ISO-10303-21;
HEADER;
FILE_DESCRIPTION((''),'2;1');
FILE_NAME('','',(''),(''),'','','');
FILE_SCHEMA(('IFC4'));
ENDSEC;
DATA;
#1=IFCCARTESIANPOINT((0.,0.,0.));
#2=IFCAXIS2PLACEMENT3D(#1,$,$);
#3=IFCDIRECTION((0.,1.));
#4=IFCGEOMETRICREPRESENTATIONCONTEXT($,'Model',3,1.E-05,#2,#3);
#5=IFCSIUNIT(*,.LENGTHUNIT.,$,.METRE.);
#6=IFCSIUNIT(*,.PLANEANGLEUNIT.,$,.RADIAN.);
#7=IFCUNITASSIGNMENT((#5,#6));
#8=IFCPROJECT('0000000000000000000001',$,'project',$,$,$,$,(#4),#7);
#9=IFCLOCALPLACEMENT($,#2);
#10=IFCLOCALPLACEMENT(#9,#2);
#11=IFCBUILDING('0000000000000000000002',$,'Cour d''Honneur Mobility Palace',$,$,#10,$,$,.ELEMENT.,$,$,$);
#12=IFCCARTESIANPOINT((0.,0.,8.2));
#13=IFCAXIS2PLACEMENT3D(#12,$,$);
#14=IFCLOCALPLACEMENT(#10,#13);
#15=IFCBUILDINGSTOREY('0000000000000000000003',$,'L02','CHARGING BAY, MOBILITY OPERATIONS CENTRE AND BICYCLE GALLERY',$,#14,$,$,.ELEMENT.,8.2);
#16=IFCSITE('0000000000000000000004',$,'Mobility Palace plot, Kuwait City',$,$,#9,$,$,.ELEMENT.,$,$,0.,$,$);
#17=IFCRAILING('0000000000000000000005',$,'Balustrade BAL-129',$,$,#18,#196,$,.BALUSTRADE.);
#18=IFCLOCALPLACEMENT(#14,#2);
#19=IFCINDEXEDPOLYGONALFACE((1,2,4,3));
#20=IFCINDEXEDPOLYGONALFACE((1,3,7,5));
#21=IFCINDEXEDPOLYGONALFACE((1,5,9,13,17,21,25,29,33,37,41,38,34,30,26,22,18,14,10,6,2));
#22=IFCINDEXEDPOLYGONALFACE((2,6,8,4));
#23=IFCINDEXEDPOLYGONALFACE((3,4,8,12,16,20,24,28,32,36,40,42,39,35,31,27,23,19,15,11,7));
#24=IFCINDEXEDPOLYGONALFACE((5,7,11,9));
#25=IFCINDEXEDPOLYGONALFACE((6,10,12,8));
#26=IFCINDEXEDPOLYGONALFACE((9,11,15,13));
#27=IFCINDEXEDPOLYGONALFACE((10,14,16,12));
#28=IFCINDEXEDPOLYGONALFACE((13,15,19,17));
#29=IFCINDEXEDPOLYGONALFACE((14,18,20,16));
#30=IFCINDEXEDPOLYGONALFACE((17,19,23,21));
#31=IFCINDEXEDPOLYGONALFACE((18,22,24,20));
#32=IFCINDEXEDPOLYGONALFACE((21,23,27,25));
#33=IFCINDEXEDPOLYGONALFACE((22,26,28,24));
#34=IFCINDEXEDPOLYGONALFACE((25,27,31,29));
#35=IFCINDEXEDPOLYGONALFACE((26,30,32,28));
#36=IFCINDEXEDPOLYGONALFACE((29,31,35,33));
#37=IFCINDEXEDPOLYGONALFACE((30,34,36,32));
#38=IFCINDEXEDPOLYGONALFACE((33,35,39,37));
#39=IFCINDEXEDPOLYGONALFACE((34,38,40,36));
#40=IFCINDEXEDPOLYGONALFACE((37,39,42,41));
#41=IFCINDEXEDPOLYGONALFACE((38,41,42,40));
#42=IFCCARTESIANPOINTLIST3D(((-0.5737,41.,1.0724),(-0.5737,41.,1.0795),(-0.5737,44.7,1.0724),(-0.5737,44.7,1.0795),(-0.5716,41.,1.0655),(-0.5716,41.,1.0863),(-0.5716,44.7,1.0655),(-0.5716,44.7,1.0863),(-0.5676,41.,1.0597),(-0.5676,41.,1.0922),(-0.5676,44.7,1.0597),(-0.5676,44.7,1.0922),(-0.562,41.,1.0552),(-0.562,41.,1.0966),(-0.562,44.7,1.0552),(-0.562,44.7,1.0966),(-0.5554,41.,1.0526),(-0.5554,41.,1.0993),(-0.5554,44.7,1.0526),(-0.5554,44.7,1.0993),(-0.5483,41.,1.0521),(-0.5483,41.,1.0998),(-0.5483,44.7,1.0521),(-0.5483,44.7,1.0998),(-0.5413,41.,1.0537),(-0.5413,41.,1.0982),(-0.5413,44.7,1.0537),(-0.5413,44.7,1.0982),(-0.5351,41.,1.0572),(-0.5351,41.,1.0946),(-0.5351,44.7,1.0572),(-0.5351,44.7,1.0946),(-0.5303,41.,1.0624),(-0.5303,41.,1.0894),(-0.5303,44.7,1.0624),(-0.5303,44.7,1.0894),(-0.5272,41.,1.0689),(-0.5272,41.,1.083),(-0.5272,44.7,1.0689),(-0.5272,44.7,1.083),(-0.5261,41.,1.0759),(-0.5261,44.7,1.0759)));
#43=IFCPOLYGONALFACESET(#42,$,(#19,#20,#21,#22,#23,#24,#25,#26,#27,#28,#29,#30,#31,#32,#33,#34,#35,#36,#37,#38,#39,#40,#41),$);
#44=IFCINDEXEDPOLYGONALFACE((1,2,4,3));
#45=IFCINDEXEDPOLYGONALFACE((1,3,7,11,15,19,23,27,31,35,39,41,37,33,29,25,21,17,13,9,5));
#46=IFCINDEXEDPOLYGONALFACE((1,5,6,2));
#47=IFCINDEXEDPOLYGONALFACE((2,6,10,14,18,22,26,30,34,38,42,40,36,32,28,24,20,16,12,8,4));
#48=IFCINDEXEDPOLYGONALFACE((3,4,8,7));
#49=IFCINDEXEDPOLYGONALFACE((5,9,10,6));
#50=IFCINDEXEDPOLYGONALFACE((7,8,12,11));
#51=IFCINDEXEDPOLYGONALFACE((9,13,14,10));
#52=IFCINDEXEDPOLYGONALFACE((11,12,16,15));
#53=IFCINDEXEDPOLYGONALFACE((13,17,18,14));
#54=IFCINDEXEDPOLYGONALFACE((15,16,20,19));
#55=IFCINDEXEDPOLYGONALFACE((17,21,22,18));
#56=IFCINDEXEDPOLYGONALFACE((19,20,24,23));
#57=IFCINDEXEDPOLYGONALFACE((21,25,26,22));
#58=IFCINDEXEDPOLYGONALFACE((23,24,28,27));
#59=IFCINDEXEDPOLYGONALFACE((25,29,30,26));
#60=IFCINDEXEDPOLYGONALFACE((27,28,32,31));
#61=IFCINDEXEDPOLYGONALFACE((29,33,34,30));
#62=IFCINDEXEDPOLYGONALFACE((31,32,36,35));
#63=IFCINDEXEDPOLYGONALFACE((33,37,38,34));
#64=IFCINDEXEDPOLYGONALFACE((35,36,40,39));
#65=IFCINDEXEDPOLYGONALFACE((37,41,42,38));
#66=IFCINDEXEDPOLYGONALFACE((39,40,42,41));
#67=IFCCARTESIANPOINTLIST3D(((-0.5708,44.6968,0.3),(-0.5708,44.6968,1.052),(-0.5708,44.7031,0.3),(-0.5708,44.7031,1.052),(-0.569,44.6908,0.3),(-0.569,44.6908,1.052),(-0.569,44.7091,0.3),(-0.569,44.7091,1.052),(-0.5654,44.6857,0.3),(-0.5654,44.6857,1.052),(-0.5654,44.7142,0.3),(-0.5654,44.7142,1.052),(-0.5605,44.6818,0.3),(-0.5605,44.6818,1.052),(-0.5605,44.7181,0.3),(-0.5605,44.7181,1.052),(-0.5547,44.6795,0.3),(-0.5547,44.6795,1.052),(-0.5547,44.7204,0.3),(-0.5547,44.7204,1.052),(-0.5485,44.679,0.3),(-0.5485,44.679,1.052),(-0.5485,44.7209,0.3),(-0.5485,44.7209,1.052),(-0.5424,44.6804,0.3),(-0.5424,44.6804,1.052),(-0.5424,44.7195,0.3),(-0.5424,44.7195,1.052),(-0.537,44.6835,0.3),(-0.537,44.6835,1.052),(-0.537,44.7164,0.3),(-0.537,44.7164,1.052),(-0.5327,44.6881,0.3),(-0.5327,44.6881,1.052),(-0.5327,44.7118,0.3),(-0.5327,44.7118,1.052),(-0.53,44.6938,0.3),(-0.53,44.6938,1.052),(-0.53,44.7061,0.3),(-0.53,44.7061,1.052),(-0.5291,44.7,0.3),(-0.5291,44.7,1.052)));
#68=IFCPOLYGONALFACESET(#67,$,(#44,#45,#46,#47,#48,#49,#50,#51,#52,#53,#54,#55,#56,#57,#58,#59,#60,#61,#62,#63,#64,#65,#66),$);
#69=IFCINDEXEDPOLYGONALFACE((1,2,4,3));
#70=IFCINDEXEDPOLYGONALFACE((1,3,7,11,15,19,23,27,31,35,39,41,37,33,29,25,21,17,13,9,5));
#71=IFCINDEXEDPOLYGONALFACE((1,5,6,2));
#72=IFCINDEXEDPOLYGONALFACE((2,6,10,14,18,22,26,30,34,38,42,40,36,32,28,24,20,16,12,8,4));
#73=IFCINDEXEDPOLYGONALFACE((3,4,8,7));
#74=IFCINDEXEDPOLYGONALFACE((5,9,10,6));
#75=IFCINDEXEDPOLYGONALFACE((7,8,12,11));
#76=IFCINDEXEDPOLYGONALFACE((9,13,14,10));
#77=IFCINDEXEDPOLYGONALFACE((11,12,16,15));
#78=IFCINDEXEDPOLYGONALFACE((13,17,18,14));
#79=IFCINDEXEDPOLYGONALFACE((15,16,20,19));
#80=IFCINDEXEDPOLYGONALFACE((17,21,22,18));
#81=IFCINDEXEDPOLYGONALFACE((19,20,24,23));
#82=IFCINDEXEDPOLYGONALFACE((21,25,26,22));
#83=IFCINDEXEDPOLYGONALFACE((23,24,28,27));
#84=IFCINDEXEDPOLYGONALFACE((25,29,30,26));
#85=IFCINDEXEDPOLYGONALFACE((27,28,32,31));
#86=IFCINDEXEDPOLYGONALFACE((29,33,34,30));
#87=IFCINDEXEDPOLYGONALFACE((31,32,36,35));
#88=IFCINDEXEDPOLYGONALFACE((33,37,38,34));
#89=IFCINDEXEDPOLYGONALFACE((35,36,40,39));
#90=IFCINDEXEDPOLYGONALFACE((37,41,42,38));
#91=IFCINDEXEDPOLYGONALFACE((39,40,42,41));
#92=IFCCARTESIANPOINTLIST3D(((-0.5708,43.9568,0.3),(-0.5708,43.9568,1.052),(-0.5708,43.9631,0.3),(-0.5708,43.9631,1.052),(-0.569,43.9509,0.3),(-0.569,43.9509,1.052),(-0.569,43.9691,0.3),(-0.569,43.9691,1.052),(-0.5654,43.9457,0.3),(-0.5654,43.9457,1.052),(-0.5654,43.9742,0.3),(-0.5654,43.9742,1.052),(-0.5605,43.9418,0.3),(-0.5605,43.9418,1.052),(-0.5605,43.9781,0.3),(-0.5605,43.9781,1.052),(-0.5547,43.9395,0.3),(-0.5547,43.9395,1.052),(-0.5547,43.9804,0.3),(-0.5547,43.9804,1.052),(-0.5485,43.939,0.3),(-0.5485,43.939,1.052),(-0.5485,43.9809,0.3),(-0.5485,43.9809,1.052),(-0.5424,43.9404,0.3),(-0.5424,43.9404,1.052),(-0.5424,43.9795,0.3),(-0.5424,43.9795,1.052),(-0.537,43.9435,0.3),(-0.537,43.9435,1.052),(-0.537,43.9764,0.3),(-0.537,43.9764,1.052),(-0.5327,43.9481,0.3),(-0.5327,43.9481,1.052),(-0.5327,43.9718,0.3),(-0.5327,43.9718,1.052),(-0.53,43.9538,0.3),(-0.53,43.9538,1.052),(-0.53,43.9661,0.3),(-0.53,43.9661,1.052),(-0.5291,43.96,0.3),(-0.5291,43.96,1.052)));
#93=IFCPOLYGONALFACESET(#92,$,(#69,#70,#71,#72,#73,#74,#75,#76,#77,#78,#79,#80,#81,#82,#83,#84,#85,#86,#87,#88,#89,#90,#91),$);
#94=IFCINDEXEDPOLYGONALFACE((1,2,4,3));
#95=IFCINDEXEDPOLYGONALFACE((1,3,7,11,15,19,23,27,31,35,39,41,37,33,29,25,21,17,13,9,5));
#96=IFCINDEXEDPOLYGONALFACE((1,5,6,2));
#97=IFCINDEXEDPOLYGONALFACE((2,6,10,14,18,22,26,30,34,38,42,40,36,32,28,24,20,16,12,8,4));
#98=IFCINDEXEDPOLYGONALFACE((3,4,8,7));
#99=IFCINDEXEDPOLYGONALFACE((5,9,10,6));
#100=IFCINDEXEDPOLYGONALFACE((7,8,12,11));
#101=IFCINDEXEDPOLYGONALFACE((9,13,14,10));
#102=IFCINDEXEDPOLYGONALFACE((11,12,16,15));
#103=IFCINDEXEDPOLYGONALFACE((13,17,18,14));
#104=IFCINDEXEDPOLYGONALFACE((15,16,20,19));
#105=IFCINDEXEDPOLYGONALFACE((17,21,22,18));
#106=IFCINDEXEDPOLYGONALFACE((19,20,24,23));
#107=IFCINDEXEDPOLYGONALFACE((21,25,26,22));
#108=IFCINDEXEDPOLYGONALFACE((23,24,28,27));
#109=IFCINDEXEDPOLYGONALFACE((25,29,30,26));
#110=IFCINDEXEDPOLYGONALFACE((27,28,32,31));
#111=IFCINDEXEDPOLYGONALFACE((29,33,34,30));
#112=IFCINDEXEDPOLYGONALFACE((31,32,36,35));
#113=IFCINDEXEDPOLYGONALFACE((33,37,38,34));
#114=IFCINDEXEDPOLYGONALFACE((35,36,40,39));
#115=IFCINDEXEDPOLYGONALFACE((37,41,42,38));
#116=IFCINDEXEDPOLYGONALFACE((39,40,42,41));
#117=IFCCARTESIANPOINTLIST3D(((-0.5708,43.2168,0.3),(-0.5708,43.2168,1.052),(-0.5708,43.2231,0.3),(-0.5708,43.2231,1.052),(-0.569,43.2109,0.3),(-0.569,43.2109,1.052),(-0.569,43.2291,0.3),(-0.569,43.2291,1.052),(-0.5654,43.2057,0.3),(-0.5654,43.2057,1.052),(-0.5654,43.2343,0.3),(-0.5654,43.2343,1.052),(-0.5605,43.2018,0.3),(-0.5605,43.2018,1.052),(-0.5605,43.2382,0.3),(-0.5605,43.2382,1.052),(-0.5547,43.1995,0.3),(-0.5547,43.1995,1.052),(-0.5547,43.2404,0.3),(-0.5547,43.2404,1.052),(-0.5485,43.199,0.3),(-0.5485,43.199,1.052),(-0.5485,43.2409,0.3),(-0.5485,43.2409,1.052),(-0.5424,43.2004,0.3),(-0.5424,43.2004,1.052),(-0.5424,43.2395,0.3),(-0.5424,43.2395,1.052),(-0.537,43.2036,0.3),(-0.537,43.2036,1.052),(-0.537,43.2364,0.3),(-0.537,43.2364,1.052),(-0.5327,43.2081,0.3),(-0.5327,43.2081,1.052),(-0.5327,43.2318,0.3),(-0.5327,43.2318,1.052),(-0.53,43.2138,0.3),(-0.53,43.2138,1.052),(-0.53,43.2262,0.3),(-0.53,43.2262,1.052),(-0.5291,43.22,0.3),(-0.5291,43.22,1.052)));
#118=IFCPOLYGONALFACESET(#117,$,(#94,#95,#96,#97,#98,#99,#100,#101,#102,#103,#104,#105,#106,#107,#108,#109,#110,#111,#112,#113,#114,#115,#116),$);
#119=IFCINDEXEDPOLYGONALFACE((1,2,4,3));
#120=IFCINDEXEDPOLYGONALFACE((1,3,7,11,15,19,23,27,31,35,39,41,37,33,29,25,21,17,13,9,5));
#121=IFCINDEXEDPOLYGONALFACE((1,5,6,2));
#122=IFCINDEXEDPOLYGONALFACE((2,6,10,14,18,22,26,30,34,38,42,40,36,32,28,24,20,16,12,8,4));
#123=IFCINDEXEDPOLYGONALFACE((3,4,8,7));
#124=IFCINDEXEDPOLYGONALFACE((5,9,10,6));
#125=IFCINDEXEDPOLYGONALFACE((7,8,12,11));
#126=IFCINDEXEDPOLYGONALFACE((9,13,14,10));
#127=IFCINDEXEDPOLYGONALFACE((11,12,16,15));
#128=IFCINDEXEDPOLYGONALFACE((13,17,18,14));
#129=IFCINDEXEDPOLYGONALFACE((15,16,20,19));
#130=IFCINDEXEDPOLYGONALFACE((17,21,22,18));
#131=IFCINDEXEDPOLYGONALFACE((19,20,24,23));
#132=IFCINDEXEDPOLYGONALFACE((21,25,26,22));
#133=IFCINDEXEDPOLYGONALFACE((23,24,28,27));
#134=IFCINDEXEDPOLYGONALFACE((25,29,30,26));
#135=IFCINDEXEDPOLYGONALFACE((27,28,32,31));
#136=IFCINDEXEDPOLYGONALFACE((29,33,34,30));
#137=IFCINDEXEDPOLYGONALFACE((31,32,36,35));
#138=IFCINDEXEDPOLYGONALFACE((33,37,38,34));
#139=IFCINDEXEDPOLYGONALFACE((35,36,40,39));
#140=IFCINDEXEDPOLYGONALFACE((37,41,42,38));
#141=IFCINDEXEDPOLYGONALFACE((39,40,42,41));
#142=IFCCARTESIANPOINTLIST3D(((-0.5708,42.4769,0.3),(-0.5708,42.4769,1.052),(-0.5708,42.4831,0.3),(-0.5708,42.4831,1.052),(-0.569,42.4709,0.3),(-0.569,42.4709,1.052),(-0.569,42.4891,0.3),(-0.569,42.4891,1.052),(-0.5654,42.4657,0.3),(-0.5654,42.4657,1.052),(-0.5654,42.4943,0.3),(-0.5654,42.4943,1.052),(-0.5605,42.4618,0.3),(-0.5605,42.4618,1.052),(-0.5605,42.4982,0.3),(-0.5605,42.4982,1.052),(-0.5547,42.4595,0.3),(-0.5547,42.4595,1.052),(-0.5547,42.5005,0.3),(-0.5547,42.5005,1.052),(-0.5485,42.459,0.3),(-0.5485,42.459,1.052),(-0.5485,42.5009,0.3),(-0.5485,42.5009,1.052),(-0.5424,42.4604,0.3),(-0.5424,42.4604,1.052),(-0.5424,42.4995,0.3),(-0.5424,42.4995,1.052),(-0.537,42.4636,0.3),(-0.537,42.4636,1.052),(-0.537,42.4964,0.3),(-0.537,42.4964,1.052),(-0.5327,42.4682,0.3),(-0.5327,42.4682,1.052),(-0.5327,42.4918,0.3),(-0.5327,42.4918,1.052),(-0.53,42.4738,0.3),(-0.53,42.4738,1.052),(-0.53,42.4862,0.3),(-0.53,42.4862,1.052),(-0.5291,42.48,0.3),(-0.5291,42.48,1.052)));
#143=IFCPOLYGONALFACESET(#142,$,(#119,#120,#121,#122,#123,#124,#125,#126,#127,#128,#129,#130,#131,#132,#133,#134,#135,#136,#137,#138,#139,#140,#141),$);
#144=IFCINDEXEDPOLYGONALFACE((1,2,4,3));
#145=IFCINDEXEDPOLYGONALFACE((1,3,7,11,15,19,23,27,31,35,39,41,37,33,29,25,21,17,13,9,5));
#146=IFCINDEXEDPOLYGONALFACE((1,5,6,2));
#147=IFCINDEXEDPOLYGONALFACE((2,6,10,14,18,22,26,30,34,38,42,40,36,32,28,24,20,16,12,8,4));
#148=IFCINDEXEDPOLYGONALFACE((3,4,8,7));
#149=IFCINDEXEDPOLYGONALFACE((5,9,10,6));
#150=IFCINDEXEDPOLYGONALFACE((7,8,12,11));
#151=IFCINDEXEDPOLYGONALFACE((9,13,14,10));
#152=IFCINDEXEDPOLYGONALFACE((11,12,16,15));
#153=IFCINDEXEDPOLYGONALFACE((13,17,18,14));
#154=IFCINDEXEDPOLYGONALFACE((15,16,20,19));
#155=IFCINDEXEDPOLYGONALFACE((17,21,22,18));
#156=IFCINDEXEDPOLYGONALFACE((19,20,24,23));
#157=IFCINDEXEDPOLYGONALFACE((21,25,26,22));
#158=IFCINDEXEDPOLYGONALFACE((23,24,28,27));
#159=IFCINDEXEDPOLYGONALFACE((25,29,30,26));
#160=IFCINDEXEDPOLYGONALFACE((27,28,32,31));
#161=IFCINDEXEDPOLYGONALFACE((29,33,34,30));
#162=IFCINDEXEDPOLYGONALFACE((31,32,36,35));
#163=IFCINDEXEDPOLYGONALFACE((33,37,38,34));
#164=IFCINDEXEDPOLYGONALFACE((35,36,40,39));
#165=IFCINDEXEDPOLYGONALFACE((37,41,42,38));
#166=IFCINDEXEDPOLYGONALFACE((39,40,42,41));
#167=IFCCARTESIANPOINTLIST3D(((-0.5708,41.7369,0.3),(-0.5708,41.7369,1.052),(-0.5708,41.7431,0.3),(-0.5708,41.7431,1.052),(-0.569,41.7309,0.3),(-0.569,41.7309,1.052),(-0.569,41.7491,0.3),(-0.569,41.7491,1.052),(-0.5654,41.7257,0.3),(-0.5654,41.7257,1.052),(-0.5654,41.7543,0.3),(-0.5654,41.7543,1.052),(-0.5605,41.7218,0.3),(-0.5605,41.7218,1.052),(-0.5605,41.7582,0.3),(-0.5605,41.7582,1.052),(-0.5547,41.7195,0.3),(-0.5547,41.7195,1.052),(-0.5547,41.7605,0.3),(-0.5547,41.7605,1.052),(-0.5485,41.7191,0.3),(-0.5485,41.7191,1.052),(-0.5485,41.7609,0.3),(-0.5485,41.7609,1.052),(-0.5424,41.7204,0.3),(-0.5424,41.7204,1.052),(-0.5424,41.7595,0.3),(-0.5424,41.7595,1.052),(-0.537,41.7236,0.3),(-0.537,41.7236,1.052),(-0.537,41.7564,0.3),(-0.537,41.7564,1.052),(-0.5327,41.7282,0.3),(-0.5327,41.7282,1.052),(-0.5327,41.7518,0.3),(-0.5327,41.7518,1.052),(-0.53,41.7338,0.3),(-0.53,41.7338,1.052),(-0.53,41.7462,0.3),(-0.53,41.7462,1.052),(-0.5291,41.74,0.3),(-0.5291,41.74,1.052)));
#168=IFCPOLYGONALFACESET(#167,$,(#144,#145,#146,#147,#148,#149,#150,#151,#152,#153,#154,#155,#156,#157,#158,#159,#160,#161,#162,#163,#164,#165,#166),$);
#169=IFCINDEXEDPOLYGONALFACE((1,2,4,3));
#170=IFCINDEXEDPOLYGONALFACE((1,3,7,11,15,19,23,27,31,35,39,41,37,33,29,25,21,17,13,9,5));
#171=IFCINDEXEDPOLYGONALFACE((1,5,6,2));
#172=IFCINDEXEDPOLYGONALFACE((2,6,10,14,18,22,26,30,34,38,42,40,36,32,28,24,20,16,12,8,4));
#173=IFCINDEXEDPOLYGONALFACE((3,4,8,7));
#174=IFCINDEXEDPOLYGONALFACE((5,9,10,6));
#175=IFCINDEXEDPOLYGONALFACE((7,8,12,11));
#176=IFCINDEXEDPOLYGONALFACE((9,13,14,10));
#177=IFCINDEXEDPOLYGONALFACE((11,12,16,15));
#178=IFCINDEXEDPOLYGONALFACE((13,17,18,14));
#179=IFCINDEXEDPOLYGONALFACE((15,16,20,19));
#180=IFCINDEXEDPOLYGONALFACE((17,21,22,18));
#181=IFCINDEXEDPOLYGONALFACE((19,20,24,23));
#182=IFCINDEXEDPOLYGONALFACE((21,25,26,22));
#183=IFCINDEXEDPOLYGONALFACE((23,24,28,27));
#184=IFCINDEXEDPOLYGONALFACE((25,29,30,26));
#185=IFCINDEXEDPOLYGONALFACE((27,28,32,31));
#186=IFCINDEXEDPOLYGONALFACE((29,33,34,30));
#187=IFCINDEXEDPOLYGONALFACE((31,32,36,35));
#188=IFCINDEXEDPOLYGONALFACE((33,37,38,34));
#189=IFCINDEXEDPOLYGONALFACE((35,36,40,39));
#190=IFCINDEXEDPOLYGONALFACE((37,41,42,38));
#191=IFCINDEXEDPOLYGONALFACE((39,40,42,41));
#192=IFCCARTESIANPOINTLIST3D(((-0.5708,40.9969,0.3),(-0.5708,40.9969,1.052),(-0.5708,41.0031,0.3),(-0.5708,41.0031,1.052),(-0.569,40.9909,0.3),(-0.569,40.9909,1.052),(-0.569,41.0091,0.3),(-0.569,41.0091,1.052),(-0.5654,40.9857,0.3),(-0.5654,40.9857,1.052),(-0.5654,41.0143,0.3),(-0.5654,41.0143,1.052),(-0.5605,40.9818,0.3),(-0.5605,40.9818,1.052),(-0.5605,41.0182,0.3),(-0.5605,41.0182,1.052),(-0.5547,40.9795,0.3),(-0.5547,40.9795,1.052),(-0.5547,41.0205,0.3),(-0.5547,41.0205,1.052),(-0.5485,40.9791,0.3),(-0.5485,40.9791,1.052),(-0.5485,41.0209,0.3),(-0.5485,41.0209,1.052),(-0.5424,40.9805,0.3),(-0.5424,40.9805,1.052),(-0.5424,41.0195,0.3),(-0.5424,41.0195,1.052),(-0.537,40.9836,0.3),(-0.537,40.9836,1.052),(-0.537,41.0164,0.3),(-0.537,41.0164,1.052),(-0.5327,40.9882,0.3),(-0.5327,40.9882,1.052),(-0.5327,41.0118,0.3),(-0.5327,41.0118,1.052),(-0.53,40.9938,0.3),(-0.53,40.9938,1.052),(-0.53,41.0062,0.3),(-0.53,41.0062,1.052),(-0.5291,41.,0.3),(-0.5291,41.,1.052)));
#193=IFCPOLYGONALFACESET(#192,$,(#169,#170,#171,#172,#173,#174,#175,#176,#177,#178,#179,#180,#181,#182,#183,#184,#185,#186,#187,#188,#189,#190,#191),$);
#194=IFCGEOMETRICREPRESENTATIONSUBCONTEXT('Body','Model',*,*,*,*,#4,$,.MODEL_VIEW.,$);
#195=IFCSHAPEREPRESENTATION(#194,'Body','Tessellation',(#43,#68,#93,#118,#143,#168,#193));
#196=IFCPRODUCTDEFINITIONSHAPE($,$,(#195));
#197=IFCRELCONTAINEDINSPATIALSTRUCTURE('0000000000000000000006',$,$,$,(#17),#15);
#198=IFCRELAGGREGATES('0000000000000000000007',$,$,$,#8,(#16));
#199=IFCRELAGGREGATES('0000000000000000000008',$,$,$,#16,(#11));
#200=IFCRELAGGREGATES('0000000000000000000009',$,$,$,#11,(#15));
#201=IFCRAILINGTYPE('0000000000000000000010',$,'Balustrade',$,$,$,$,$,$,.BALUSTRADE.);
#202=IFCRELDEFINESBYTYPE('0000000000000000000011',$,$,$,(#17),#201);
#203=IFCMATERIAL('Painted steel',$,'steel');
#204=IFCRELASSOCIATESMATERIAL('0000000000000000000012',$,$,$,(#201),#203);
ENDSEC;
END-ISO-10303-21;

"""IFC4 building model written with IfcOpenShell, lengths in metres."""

from ifc_helpers import new_model, si_unit, direction, frame, origin, origin_2d, place, context, subcontext, project, spatial, circle, extrude, material, type_object, element, save


model = new_model("IFC4")

# Units and contexts
model_context = context("Model", 3, precision=1e-05, world=origin(), true_north=direction((0.0, 1.0)))
body_context = subcontext(model_context, "Body", "Model", "MODEL_VIEW")
ifc_project = project(units=[si_unit("LENGTHUNIT", "METRE"), si_unit("PLANEANGLEUNIT", "RADIAN")], contexts=[model_context])

# Site, building, storey
site_placement = place(None, origin())
site = spatial("IfcSite", under=ifc_project, at=site_placement, Name="Mobility Palace plot, Kuwait City", CompositionType="ELEMENT", RefElevation=0.0)
building_placement = place(site_placement, origin())
building = spatial("IfcBuilding", under=site, at=building_placement, Name="Cour d'Honneur Mobility Palace", CompositionType="ELEMENT")
storey_placement = place(building_placement, frame((0.0, 0.0, 8.2)))
storey = spatial("IfcBuildingStorey", under=building, at=storey_placement, Name="L02", Description="CHARGING BAY, MOBILITY OPERATIONS CENTRE AND BICYCLE GALLERY", CompositionType="ELEMENT", Elevation=8.2)

# Railing
ifc_material_1 = material(Name="Painted steel", Category="steel")
railing_type_1 = type_object("IfcRailingType", Name="Balustrade", PredefinedType="BALUSTRADE", material=ifc_material_1)
railing_1_placement = place(storey_placement, frame((-0.55, 44.7, 0.3)))
element("IfcRailing", 1, at=railing_1_placement, inside=storey, type_object=railing_type_1, Name="Balustrade BAL-129", PredefinedType="BALUSTRADE", context=body_context, shape_type="SweptSolid", body=[
    extrude(circle(Radius=0.0239, at=origin_2d()), frame((0.0, 0.0, 0.7759), z_axis=(0.0, -1.0, 0.0), x_axis=(1.0, 0.0, 0.0)), (0.0, 0.0, 1.0), 3.7),
    extrude(circle(Radius=0.021, at=origin_2d()), origin(), (0.0, 0.0, 1.0), 0.752),
    extrude(circle(Radius=0.021, at=origin_2d()), frame((0.0, -0.74, 0.0)), (0.0, 0.0, 1.0), 0.752),
    extrude(circle(Radius=0.021, at=origin_2d()), frame((0.0, -1.48, 0.0)), (0.0, 0.0, 1.0), 0.752),
    extrude(circle(Radius=0.021, at=origin_2d()), frame((0.0, -2.22, 0.0)), (0.0, 0.0, 1.0), 0.752),
    extrude(circle(Radius=0.021, at=origin_2d()), frame((0.0, -2.96, 0.0)), (0.0, 0.0, 1.0), 0.752),
    extrude(circle(Radius=0.021, at=origin_2d()), frame((0.0, -3.7, 0.0)), (0.0, 0.0, 1.0), 0.752),
])

save(model, "model.ifc")
